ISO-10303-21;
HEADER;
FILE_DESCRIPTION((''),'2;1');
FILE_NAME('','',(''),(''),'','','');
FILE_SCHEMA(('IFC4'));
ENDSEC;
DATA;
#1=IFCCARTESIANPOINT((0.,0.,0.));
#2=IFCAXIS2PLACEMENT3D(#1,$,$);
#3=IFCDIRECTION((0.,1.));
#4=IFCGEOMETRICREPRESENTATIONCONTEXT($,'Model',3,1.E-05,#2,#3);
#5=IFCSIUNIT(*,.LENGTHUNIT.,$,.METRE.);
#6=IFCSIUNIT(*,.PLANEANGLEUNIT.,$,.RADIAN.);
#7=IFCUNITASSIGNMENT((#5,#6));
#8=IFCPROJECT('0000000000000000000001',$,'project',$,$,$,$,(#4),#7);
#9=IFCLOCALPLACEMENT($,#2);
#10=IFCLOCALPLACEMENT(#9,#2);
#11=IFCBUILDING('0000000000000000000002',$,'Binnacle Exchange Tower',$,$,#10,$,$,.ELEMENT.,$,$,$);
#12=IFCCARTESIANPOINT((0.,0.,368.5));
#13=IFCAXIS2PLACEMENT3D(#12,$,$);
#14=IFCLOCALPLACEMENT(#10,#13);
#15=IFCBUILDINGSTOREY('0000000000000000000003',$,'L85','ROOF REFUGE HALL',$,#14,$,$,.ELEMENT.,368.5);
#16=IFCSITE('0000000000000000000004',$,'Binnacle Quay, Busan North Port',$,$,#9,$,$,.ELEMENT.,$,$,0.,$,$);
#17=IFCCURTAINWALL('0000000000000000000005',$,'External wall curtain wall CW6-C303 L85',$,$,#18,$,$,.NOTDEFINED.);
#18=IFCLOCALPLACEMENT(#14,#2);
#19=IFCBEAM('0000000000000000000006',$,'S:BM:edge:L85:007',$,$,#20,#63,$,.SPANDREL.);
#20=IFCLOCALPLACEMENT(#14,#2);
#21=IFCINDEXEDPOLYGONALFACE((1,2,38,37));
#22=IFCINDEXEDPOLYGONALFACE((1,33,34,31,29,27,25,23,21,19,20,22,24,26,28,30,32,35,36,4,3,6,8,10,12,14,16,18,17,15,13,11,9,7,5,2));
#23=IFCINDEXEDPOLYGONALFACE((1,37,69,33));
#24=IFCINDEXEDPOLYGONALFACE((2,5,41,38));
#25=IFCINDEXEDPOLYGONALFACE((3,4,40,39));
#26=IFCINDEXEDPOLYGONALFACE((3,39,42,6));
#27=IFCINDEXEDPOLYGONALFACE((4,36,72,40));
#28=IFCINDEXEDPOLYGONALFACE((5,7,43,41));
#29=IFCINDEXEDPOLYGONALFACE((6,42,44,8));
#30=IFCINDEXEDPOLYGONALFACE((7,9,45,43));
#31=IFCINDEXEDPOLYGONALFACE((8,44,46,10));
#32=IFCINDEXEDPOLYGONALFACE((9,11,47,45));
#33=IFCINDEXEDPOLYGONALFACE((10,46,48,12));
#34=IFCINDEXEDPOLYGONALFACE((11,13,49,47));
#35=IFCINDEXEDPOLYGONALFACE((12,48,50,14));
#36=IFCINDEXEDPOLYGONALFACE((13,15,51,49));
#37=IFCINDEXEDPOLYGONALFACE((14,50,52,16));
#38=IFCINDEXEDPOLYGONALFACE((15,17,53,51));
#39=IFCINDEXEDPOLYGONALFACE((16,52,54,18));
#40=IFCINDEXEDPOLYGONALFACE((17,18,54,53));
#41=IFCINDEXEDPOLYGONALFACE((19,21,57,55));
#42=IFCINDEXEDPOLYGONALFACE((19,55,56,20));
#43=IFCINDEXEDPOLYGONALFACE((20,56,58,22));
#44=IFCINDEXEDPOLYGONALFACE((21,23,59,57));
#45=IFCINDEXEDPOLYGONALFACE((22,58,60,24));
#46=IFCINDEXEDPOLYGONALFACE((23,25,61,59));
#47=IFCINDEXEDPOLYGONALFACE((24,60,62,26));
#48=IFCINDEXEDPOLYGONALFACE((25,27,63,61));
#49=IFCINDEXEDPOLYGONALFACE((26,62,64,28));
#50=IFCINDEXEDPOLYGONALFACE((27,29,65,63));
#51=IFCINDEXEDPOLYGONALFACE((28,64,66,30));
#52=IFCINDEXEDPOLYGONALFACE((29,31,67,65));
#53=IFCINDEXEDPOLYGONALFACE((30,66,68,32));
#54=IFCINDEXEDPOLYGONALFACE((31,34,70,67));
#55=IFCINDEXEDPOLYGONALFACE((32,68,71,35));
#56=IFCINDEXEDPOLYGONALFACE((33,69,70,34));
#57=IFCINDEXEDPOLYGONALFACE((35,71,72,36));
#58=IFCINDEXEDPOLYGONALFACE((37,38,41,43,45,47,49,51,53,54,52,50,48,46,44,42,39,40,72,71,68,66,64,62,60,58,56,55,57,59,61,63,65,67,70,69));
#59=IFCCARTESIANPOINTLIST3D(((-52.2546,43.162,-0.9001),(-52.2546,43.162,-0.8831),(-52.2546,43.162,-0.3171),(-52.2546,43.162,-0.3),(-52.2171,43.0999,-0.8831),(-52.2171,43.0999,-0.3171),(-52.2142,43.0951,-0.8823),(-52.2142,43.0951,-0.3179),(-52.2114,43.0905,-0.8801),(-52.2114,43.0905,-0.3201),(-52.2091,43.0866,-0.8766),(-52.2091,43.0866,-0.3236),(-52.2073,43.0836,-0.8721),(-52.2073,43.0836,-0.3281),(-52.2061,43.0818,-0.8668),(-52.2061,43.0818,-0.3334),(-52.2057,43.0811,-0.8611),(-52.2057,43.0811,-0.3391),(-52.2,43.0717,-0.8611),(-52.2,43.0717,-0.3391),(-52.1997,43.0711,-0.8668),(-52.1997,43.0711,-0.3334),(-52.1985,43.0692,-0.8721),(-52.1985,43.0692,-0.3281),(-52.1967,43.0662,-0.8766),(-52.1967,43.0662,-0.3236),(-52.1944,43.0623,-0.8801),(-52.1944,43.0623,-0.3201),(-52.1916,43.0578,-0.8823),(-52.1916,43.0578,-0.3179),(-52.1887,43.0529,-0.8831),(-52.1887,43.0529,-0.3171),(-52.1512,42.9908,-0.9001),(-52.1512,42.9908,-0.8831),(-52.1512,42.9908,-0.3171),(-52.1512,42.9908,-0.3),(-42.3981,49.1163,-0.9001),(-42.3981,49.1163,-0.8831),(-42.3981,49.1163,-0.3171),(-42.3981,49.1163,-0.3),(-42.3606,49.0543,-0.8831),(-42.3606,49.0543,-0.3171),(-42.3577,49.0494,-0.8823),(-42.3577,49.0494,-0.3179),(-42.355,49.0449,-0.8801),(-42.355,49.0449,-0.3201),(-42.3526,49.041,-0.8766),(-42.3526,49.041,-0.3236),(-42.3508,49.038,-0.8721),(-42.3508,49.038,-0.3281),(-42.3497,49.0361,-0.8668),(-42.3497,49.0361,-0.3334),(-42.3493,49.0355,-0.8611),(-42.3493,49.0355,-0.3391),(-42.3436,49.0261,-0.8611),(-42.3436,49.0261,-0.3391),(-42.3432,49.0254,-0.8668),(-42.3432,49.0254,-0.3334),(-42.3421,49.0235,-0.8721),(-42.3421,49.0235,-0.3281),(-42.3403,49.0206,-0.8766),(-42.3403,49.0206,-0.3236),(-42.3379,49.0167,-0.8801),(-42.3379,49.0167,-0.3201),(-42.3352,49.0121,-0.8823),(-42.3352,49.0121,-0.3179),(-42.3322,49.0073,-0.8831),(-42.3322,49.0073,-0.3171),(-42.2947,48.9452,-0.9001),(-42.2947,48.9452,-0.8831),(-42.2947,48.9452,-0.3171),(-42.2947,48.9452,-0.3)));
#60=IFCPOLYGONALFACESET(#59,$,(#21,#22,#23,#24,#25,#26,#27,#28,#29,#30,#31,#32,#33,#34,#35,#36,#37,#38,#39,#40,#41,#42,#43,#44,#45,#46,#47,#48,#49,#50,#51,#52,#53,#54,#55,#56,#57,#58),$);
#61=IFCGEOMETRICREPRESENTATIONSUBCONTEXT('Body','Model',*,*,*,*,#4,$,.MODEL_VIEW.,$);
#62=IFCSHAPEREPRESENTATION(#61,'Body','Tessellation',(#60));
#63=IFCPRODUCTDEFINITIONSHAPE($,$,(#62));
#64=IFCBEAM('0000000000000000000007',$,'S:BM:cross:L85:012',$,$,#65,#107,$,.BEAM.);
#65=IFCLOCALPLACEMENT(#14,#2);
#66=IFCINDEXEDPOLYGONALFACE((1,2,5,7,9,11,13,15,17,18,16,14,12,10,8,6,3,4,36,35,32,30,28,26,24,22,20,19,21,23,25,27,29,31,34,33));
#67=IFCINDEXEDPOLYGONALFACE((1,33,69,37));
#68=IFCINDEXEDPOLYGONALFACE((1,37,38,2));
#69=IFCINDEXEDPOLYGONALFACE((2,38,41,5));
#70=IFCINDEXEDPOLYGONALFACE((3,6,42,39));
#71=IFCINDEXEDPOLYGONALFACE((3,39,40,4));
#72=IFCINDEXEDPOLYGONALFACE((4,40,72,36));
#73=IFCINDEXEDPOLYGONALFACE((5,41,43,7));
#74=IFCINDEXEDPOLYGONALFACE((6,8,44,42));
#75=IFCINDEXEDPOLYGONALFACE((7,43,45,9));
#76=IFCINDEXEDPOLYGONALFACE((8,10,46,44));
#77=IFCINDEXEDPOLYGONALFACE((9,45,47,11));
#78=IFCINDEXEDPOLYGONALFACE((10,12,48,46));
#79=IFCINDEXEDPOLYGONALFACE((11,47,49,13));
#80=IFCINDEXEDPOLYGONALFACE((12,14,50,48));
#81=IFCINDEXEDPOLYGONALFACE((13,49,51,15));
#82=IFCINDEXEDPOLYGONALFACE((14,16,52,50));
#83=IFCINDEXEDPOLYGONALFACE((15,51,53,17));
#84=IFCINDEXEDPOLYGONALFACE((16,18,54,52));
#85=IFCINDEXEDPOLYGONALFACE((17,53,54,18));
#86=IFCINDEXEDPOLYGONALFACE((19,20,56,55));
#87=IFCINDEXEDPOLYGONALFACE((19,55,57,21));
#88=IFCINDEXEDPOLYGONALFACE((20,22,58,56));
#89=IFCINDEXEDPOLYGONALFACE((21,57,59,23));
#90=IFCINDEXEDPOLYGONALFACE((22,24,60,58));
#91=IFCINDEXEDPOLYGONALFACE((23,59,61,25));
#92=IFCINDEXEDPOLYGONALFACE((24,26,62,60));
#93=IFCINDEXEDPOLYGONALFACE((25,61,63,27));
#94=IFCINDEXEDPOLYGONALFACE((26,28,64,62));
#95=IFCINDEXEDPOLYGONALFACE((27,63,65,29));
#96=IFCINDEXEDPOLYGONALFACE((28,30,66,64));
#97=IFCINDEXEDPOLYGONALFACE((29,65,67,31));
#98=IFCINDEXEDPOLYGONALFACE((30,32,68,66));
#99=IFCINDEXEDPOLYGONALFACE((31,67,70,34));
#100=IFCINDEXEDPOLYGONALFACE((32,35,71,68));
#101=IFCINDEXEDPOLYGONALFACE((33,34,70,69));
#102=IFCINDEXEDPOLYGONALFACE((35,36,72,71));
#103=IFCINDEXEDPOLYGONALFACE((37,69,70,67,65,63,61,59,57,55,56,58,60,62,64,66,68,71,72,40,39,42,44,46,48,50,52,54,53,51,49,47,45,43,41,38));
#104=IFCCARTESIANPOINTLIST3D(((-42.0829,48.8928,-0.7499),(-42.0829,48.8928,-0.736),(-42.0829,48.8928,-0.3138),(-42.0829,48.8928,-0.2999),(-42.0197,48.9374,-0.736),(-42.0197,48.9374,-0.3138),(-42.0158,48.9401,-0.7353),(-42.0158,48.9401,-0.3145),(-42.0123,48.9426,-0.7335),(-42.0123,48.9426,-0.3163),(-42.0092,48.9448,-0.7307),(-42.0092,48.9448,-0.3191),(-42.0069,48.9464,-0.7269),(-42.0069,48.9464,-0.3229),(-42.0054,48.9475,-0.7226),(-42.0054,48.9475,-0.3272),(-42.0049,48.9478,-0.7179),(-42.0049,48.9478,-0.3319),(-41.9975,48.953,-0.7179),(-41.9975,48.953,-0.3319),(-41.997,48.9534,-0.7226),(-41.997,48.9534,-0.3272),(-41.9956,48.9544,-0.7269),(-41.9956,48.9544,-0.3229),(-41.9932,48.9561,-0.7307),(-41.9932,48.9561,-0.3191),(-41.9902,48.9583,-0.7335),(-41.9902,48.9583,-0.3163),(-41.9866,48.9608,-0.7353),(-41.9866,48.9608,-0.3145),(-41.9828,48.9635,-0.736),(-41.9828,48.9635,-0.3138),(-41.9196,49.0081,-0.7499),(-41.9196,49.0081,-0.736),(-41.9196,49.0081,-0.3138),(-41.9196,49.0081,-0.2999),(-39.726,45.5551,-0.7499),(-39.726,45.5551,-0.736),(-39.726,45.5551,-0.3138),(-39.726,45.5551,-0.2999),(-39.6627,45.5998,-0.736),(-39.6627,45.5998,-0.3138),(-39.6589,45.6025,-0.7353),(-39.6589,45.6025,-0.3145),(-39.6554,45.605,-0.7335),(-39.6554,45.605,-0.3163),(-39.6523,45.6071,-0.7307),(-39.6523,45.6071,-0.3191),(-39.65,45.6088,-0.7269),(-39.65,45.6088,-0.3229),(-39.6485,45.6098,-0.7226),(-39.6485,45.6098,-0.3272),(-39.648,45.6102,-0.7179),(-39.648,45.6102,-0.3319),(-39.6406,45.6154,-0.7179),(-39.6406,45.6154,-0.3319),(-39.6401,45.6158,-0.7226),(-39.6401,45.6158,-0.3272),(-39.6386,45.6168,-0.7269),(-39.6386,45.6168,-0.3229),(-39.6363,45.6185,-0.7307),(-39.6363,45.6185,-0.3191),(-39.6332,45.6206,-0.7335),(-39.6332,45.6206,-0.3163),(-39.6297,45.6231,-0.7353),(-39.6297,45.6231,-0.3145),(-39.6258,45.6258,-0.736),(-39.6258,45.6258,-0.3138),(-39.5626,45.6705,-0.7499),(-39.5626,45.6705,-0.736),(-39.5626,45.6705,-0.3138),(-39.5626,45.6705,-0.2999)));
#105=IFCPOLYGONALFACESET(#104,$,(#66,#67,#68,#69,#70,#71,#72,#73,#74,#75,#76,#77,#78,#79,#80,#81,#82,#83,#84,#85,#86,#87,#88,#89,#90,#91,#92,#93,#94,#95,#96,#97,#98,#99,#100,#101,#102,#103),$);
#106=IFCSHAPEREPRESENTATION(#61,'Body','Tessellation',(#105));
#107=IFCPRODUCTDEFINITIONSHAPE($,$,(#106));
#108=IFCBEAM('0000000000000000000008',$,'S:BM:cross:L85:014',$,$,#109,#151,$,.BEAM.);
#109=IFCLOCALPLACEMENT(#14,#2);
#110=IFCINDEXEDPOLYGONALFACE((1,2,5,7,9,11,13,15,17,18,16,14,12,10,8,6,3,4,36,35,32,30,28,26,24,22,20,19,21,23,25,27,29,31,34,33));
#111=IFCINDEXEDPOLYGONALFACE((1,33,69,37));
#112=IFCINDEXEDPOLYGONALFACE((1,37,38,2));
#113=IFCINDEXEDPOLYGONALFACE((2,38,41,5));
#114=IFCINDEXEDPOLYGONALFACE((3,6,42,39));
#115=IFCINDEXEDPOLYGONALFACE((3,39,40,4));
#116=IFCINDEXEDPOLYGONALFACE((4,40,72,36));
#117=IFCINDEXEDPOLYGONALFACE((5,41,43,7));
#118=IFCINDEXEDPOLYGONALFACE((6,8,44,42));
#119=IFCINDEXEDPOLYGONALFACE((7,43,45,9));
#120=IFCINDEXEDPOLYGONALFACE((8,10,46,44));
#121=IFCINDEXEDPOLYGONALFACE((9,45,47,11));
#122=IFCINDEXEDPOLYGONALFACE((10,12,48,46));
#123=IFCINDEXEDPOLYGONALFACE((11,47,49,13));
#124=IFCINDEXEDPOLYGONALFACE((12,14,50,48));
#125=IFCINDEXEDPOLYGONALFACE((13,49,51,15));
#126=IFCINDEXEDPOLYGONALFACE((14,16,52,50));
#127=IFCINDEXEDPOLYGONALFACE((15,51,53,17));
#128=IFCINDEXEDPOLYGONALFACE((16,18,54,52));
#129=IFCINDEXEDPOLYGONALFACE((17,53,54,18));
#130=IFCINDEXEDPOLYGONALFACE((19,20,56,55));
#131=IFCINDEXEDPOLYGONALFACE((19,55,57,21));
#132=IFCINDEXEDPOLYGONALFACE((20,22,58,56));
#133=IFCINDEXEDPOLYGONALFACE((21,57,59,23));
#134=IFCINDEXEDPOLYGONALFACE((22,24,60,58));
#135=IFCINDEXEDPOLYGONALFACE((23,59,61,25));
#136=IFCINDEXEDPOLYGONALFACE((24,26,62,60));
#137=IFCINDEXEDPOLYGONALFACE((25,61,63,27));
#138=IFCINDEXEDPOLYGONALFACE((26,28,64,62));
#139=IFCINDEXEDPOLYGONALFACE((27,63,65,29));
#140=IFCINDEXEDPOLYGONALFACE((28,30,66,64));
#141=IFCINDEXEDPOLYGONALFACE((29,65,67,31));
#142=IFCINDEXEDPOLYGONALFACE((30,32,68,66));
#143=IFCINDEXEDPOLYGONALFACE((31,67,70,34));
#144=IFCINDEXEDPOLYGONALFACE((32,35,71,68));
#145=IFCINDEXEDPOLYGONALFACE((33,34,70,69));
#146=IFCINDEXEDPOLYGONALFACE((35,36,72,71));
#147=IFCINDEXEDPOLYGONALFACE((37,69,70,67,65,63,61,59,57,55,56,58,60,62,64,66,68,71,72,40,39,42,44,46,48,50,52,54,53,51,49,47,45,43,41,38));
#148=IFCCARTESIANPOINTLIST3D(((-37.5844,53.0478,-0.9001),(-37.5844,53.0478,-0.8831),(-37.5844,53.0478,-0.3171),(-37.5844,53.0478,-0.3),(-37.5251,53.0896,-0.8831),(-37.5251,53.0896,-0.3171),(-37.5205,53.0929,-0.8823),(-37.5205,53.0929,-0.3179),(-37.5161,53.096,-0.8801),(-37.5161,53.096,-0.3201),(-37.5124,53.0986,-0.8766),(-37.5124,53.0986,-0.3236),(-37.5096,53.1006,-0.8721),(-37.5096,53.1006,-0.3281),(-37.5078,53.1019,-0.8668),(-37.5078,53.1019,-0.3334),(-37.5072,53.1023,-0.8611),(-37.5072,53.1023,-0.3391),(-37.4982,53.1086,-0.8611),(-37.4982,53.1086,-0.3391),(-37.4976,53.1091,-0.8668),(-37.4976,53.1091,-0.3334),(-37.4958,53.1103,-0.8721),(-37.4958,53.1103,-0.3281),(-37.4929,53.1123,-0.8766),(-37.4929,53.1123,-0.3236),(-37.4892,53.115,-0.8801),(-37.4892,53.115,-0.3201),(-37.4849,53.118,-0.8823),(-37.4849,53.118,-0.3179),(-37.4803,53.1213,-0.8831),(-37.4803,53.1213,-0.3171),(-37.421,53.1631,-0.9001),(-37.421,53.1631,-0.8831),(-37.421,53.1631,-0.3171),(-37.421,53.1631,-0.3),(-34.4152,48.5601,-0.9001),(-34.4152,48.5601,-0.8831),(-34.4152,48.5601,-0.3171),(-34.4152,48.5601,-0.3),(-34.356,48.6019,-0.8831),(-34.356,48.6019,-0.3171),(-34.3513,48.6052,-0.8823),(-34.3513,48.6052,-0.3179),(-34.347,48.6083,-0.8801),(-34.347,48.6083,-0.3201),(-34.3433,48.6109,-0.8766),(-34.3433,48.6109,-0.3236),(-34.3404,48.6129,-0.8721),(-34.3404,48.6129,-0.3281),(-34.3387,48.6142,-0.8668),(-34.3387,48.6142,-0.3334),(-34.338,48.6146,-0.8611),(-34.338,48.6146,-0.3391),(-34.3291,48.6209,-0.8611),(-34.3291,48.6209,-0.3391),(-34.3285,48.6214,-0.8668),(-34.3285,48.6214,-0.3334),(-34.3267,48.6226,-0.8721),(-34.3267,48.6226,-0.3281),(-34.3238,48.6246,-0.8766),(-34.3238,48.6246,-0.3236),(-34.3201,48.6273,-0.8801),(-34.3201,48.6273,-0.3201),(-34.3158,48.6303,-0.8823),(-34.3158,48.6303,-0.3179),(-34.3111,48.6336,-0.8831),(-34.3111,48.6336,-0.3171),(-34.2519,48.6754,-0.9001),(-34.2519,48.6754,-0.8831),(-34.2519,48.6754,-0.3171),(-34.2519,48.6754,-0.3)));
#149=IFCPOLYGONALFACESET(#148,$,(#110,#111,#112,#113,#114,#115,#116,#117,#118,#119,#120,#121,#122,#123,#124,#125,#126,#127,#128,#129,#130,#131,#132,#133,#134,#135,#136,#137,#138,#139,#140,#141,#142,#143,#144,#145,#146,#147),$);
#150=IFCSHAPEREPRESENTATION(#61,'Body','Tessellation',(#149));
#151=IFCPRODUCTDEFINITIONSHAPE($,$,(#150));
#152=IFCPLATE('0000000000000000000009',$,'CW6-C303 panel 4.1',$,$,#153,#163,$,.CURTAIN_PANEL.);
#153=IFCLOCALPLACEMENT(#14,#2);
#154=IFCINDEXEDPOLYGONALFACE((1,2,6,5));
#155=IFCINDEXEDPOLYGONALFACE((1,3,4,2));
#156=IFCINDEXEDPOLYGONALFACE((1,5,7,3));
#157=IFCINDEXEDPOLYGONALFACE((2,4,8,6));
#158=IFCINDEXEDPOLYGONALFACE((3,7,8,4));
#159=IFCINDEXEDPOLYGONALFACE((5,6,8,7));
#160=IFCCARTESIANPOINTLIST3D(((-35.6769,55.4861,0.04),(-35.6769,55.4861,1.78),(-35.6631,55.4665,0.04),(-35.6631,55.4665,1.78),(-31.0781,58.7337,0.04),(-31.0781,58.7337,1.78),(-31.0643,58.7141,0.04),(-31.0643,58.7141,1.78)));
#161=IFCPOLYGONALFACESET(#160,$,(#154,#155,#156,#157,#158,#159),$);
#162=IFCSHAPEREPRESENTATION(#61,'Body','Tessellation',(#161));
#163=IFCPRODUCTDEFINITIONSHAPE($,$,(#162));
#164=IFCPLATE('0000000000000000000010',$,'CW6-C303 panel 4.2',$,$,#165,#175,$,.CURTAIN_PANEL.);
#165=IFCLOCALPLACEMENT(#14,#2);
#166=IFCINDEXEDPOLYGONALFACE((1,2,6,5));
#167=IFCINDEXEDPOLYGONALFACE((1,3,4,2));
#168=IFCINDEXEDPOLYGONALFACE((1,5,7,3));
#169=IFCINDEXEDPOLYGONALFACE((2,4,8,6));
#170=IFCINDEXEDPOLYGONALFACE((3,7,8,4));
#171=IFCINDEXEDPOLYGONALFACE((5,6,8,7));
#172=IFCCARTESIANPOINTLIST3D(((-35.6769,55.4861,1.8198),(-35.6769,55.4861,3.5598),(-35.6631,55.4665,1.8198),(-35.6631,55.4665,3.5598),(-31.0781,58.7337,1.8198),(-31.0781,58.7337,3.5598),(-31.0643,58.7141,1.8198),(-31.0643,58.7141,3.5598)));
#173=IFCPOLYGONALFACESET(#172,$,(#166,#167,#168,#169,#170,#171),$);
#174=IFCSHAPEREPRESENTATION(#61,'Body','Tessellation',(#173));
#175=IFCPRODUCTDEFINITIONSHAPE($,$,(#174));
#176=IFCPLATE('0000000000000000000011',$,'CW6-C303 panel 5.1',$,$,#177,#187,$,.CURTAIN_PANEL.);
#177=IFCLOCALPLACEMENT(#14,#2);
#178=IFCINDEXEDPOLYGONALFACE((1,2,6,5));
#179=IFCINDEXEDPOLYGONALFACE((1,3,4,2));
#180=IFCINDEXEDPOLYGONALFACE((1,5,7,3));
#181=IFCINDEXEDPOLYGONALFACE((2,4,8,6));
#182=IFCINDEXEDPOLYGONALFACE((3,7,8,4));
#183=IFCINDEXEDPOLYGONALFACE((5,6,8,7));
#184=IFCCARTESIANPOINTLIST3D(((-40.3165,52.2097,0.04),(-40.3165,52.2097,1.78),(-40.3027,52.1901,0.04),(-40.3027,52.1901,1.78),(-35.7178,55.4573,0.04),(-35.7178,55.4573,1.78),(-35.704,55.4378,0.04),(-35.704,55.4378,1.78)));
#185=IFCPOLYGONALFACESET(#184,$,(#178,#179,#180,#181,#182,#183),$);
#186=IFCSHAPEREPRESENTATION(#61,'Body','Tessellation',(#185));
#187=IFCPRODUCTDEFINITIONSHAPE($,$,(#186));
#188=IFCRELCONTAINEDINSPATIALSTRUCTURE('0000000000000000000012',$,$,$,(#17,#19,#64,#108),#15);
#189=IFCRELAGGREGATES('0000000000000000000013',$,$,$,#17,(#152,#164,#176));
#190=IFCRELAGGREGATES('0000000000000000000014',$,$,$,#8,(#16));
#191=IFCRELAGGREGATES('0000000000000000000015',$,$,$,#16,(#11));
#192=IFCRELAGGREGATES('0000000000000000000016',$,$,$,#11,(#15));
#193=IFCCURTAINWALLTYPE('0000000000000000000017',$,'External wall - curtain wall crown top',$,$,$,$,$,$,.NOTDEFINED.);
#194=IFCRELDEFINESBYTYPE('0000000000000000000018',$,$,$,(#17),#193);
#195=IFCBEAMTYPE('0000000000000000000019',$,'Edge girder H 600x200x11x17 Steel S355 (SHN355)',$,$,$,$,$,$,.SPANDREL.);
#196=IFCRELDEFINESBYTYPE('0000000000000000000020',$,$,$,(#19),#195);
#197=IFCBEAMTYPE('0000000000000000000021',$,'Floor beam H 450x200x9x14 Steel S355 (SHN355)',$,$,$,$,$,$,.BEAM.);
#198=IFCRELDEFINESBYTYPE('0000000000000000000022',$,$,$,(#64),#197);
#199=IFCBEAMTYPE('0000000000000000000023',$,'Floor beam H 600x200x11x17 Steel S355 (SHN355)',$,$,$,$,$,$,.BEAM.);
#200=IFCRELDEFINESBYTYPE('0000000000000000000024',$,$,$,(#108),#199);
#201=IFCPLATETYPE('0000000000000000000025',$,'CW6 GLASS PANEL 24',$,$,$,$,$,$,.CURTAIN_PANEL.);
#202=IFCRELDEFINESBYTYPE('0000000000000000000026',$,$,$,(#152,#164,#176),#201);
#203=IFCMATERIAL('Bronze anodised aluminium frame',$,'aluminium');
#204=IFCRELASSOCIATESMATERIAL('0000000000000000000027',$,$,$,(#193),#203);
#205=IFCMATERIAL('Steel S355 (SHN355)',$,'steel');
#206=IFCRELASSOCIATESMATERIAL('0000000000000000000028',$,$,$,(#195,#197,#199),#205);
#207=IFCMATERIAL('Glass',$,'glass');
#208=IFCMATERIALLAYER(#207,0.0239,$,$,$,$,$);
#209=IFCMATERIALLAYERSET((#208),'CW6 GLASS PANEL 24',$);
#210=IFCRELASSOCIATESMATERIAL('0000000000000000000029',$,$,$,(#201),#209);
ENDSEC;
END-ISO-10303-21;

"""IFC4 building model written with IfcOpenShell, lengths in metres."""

from ifc_helpers import new_model, si_unit, direction, frame, origin, origin_2d, place, context, subcontext, project, spatial, rectangle, i_section, extrude, material, layer, layer_set, material_profile, profile_set, type_object, element, aggregate, save


model = new_model("IFC4")

# Units and contexts
model_context = context("Model", 3, precision=1e-05, world=origin(), true_north=direction((0.0, 1.0)))
body_context = subcontext(model_context, "Body", "Model", "MODEL_VIEW")
ifc_project = project(units=[si_unit("LENGTHUNIT", "METRE"), si_unit("PLANEANGLEUNIT", "RADIAN")], contexts=[model_context])

# Site, building, storey
site_placement = place(None, origin())
site = spatial("IfcSite", under=ifc_project, at=site_placement, Name="Binnacle Quay, Busan North Port", CompositionType="ELEMENT", RefElevation=0.0)
building_placement = place(site_placement, origin())
building = spatial("IfcBuilding", under=site, at=building_placement, Name="Binnacle Exchange Tower", CompositionType="ELEMENT")
storey_placement = place(building_placement, frame((0.0, 0.0, 368.5)))
storey = spatial("IfcBuildingStorey", under=building, at=storey_placement, Name="L85", Description="ROOF REFUGE HALL", CompositionType="ELEMENT", Elevation=368.5)

# Shared definitions
ifc_material_1 = material(Name="Steel S355 (SHN355)", Category="steel")

# Curtain wall
ifc_material_2 = material(Name="Bronze anodised aluminium frame", Category="aluminium")
curtain_wall_type = type_object("IfcCurtainWallType", Name="External wall - curtain wall crown top", PredefinedType="NOTDEFINED", material=ifc_material_2)
curtain_wall_placement = place(storey_placement, origin())
curtain_wall = element("IfcCurtainWall", 1, at=curtain_wall_placement, inside=storey, type_object=curtain_wall_type, Name="External wall curtain wall CW6-C303 L85", PredefinedType="NOTDEFINED")

# Beams
ifc_material_profile_1 = material_profile(ifc_material_1, i_section(OverallWidth=0.2, OverallDepth=0.6001, WebThickness=0.011, FlangeThickness=0.0171, FilletRadius=0.022, at=origin_2d()), Name="H 600x200x11x17")
ifc_profile_set_1 = profile_set([ifc_material_profile_1], Name="Steel S355 (SHN355)")
beam_type_1 = type_object("IfcBeamType", Name="Edge girder H 600x200x11x17 Steel S355 (SHN355)", PredefinedType="SPANDREL", material=ifc_profile_set_1)
beam_1_placement = place(storey_placement, frame((-42.3464, 49.0308, -0.6001), z_axis=(-0.855938, -0.517078, 0.0), x_axis=(0.517078, -0.855938, 0.0)))
element("IfcBeam", 2, at=beam_1_placement, inside=storey, type_object=beam_type_1, Name="S:BM:edge:L85:007", PredefinedType="SPANDREL", context=body_context, shape_type="SweptSolid", body=[
    extrude(i_section(OverallWidth=0.2, OverallDepth=0.6001, WebThickness=0.011, FlangeThickness=0.0171, FilletRadius=0.022, at=origin_2d()), origin(), (0.0, 0.0, 1.0), 11.5154),
])
ifc_material_profile_2 = material_profile(ifc_material_1, i_section(OverallWidth=0.2, OverallDepth=0.45, WebThickness=0.009, FlangeThickness=0.0139, FilletRadius=0.0181, at=origin_2d()), Name="H 450x200x9x14")
ifc_profile_set_2 = profile_set([ifc_material_profile_2], Name="Steel S355 (SHN355)")
beam_type_2 = type_object("IfcBeamType", Name="Floor beam H 450x200x9x14 Steel S355 (SHN355)", PredefinedType="BEAM", material=ifc_profile_set_2)
beam_2_placement = place(storey_placement, frame((-42.0012, 48.9504, -0.5249), z_axis=(0.576838, -0.816859, 0.0), x_axis=(0.816859, 0.576838, 0.0)))
element("IfcBeam", 3, at=beam_2_placement, inside=storey, type_object=beam_type_2, Name="S:BM:cross:L85:012", PredefinedType="BEAM", context=body_context, shape_type="SweptSolid", body=[
    extrude(i_section(OverallWidth=0.2, OverallDepth=0.45, WebThickness=0.009, FlangeThickness=0.0139, FilletRadius=0.0181, at=origin_2d()), origin(), (0.0, 0.0, 1.0), 4.0859),
])
ifc_material_profile_3 = material_profile(ifc_material_1, i_section(OverallWidth=0.2, OverallDepth=0.6001, WebThickness=0.011, FlangeThickness=0.0171, FilletRadius=0.022, at=origin_2d()), Name="H 600x200x11x17")
ifc_profile_set_3 = profile_set([ifc_material_profile_3], Name="Steel S355 (SHN355)")
beam_type_3 = type_object("IfcBeamType", Name="Floor beam H 600x200x11x17 Steel S355 (SHN355)", PredefinedType="BEAM", material=ifc_profile_set_3)
beam_3_placement = place(storey_placement, frame((-37.5027, 53.1055, -0.6001), z_axis=(0.576845, -0.816853, 0.0), x_axis=(0.816853, 0.576845, 0.0)))
element("IfcBeam", 4, at=beam_3_placement, inside=storey, type_object=beam_type_3, Name="S:BM:cross:L85:014", PredefinedType="BEAM", context=body_context, shape_type="SweptSolid", body=[
    extrude(i_section(OverallWidth=0.2, OverallDepth=0.6001, WebThickness=0.011, FlangeThickness=0.0171, FilletRadius=0.022, at=origin_2d()), origin(), (0.0, 0.0, 1.0), 5.4939),
])

# Plates
ifc_material_3 = material(Name="Glass", Category="glass")
ifc_layer_1 = layer(ifc_material_3, 0.0239)
ifc_layer_set_1 = layer_set([ifc_layer_1], Name="CW6 GLASS PANEL 24")
plate_type = type_object("IfcPlateType", Name="CW6 GLASS PANEL 24", PredefinedType="CURTAIN_PANEL", material=ifc_layer_set_1)
plate_1_placement = place(storey_placement, frame((-33.3706, 57.1001, 0.04), z_axis=(0.0, 0.0, 1.0), x_axis=(-0.816847, -0.576854, 0.0)))
plate_1 = element("IfcPlate", 5, at=plate_1_placement, type_object=plate_type, Name="CW6-C303 panel 4.1", PredefinedType="CURTAIN_PANEL", context=body_context, shape_type="SweptSolid", body=[
    extrude(rectangle(XDim=5.6299, YDim=0.0239, at=origin_2d()), origin(), (0.0, 0.0, 1.0), 1.74),
])
plate_2_placement = place(storey_placement, frame((-33.3706, 57.1001, 1.8198), z_axis=(0.0, 0.0, 1.0), x_axis=(-0.816847, -0.576854, 0.0)))
plate_2 = element("IfcPlate", 6, at=plate_2_placement, type_object=plate_type, Name="CW6-C303 panel 4.2", PredefinedType="CURTAIN_PANEL", context=body_context, shape_type="SweptSolid", body=[
    extrude(rectangle(XDim=5.6299, YDim=0.0239, at=origin_2d()), origin(), (0.0, 0.0, 1.0), 1.74),
])
plate_3_placement = place(storey_placement, frame((-38.0103, 53.8237, 0.04), z_axis=(0.0, 0.0, 1.0), x_axis=(-0.816847, -0.576854, 0.0)))
plate_3 = element("IfcPlate", 7, at=plate_3_placement, type_object=plate_type, Name="CW6-C303 panel 5.1", PredefinedType="CURTAIN_PANEL", context=body_context, shape_type="SweptSolid", body=[
    extrude(rectangle(XDim=5.6299, YDim=0.0239, at=origin_2d()), origin(), (0.0, 0.0, 1.0), 1.74),
])
aggregate(curtain_wall, [plate_1, plate_2, plate_3])

save(model, "model.ifc")
